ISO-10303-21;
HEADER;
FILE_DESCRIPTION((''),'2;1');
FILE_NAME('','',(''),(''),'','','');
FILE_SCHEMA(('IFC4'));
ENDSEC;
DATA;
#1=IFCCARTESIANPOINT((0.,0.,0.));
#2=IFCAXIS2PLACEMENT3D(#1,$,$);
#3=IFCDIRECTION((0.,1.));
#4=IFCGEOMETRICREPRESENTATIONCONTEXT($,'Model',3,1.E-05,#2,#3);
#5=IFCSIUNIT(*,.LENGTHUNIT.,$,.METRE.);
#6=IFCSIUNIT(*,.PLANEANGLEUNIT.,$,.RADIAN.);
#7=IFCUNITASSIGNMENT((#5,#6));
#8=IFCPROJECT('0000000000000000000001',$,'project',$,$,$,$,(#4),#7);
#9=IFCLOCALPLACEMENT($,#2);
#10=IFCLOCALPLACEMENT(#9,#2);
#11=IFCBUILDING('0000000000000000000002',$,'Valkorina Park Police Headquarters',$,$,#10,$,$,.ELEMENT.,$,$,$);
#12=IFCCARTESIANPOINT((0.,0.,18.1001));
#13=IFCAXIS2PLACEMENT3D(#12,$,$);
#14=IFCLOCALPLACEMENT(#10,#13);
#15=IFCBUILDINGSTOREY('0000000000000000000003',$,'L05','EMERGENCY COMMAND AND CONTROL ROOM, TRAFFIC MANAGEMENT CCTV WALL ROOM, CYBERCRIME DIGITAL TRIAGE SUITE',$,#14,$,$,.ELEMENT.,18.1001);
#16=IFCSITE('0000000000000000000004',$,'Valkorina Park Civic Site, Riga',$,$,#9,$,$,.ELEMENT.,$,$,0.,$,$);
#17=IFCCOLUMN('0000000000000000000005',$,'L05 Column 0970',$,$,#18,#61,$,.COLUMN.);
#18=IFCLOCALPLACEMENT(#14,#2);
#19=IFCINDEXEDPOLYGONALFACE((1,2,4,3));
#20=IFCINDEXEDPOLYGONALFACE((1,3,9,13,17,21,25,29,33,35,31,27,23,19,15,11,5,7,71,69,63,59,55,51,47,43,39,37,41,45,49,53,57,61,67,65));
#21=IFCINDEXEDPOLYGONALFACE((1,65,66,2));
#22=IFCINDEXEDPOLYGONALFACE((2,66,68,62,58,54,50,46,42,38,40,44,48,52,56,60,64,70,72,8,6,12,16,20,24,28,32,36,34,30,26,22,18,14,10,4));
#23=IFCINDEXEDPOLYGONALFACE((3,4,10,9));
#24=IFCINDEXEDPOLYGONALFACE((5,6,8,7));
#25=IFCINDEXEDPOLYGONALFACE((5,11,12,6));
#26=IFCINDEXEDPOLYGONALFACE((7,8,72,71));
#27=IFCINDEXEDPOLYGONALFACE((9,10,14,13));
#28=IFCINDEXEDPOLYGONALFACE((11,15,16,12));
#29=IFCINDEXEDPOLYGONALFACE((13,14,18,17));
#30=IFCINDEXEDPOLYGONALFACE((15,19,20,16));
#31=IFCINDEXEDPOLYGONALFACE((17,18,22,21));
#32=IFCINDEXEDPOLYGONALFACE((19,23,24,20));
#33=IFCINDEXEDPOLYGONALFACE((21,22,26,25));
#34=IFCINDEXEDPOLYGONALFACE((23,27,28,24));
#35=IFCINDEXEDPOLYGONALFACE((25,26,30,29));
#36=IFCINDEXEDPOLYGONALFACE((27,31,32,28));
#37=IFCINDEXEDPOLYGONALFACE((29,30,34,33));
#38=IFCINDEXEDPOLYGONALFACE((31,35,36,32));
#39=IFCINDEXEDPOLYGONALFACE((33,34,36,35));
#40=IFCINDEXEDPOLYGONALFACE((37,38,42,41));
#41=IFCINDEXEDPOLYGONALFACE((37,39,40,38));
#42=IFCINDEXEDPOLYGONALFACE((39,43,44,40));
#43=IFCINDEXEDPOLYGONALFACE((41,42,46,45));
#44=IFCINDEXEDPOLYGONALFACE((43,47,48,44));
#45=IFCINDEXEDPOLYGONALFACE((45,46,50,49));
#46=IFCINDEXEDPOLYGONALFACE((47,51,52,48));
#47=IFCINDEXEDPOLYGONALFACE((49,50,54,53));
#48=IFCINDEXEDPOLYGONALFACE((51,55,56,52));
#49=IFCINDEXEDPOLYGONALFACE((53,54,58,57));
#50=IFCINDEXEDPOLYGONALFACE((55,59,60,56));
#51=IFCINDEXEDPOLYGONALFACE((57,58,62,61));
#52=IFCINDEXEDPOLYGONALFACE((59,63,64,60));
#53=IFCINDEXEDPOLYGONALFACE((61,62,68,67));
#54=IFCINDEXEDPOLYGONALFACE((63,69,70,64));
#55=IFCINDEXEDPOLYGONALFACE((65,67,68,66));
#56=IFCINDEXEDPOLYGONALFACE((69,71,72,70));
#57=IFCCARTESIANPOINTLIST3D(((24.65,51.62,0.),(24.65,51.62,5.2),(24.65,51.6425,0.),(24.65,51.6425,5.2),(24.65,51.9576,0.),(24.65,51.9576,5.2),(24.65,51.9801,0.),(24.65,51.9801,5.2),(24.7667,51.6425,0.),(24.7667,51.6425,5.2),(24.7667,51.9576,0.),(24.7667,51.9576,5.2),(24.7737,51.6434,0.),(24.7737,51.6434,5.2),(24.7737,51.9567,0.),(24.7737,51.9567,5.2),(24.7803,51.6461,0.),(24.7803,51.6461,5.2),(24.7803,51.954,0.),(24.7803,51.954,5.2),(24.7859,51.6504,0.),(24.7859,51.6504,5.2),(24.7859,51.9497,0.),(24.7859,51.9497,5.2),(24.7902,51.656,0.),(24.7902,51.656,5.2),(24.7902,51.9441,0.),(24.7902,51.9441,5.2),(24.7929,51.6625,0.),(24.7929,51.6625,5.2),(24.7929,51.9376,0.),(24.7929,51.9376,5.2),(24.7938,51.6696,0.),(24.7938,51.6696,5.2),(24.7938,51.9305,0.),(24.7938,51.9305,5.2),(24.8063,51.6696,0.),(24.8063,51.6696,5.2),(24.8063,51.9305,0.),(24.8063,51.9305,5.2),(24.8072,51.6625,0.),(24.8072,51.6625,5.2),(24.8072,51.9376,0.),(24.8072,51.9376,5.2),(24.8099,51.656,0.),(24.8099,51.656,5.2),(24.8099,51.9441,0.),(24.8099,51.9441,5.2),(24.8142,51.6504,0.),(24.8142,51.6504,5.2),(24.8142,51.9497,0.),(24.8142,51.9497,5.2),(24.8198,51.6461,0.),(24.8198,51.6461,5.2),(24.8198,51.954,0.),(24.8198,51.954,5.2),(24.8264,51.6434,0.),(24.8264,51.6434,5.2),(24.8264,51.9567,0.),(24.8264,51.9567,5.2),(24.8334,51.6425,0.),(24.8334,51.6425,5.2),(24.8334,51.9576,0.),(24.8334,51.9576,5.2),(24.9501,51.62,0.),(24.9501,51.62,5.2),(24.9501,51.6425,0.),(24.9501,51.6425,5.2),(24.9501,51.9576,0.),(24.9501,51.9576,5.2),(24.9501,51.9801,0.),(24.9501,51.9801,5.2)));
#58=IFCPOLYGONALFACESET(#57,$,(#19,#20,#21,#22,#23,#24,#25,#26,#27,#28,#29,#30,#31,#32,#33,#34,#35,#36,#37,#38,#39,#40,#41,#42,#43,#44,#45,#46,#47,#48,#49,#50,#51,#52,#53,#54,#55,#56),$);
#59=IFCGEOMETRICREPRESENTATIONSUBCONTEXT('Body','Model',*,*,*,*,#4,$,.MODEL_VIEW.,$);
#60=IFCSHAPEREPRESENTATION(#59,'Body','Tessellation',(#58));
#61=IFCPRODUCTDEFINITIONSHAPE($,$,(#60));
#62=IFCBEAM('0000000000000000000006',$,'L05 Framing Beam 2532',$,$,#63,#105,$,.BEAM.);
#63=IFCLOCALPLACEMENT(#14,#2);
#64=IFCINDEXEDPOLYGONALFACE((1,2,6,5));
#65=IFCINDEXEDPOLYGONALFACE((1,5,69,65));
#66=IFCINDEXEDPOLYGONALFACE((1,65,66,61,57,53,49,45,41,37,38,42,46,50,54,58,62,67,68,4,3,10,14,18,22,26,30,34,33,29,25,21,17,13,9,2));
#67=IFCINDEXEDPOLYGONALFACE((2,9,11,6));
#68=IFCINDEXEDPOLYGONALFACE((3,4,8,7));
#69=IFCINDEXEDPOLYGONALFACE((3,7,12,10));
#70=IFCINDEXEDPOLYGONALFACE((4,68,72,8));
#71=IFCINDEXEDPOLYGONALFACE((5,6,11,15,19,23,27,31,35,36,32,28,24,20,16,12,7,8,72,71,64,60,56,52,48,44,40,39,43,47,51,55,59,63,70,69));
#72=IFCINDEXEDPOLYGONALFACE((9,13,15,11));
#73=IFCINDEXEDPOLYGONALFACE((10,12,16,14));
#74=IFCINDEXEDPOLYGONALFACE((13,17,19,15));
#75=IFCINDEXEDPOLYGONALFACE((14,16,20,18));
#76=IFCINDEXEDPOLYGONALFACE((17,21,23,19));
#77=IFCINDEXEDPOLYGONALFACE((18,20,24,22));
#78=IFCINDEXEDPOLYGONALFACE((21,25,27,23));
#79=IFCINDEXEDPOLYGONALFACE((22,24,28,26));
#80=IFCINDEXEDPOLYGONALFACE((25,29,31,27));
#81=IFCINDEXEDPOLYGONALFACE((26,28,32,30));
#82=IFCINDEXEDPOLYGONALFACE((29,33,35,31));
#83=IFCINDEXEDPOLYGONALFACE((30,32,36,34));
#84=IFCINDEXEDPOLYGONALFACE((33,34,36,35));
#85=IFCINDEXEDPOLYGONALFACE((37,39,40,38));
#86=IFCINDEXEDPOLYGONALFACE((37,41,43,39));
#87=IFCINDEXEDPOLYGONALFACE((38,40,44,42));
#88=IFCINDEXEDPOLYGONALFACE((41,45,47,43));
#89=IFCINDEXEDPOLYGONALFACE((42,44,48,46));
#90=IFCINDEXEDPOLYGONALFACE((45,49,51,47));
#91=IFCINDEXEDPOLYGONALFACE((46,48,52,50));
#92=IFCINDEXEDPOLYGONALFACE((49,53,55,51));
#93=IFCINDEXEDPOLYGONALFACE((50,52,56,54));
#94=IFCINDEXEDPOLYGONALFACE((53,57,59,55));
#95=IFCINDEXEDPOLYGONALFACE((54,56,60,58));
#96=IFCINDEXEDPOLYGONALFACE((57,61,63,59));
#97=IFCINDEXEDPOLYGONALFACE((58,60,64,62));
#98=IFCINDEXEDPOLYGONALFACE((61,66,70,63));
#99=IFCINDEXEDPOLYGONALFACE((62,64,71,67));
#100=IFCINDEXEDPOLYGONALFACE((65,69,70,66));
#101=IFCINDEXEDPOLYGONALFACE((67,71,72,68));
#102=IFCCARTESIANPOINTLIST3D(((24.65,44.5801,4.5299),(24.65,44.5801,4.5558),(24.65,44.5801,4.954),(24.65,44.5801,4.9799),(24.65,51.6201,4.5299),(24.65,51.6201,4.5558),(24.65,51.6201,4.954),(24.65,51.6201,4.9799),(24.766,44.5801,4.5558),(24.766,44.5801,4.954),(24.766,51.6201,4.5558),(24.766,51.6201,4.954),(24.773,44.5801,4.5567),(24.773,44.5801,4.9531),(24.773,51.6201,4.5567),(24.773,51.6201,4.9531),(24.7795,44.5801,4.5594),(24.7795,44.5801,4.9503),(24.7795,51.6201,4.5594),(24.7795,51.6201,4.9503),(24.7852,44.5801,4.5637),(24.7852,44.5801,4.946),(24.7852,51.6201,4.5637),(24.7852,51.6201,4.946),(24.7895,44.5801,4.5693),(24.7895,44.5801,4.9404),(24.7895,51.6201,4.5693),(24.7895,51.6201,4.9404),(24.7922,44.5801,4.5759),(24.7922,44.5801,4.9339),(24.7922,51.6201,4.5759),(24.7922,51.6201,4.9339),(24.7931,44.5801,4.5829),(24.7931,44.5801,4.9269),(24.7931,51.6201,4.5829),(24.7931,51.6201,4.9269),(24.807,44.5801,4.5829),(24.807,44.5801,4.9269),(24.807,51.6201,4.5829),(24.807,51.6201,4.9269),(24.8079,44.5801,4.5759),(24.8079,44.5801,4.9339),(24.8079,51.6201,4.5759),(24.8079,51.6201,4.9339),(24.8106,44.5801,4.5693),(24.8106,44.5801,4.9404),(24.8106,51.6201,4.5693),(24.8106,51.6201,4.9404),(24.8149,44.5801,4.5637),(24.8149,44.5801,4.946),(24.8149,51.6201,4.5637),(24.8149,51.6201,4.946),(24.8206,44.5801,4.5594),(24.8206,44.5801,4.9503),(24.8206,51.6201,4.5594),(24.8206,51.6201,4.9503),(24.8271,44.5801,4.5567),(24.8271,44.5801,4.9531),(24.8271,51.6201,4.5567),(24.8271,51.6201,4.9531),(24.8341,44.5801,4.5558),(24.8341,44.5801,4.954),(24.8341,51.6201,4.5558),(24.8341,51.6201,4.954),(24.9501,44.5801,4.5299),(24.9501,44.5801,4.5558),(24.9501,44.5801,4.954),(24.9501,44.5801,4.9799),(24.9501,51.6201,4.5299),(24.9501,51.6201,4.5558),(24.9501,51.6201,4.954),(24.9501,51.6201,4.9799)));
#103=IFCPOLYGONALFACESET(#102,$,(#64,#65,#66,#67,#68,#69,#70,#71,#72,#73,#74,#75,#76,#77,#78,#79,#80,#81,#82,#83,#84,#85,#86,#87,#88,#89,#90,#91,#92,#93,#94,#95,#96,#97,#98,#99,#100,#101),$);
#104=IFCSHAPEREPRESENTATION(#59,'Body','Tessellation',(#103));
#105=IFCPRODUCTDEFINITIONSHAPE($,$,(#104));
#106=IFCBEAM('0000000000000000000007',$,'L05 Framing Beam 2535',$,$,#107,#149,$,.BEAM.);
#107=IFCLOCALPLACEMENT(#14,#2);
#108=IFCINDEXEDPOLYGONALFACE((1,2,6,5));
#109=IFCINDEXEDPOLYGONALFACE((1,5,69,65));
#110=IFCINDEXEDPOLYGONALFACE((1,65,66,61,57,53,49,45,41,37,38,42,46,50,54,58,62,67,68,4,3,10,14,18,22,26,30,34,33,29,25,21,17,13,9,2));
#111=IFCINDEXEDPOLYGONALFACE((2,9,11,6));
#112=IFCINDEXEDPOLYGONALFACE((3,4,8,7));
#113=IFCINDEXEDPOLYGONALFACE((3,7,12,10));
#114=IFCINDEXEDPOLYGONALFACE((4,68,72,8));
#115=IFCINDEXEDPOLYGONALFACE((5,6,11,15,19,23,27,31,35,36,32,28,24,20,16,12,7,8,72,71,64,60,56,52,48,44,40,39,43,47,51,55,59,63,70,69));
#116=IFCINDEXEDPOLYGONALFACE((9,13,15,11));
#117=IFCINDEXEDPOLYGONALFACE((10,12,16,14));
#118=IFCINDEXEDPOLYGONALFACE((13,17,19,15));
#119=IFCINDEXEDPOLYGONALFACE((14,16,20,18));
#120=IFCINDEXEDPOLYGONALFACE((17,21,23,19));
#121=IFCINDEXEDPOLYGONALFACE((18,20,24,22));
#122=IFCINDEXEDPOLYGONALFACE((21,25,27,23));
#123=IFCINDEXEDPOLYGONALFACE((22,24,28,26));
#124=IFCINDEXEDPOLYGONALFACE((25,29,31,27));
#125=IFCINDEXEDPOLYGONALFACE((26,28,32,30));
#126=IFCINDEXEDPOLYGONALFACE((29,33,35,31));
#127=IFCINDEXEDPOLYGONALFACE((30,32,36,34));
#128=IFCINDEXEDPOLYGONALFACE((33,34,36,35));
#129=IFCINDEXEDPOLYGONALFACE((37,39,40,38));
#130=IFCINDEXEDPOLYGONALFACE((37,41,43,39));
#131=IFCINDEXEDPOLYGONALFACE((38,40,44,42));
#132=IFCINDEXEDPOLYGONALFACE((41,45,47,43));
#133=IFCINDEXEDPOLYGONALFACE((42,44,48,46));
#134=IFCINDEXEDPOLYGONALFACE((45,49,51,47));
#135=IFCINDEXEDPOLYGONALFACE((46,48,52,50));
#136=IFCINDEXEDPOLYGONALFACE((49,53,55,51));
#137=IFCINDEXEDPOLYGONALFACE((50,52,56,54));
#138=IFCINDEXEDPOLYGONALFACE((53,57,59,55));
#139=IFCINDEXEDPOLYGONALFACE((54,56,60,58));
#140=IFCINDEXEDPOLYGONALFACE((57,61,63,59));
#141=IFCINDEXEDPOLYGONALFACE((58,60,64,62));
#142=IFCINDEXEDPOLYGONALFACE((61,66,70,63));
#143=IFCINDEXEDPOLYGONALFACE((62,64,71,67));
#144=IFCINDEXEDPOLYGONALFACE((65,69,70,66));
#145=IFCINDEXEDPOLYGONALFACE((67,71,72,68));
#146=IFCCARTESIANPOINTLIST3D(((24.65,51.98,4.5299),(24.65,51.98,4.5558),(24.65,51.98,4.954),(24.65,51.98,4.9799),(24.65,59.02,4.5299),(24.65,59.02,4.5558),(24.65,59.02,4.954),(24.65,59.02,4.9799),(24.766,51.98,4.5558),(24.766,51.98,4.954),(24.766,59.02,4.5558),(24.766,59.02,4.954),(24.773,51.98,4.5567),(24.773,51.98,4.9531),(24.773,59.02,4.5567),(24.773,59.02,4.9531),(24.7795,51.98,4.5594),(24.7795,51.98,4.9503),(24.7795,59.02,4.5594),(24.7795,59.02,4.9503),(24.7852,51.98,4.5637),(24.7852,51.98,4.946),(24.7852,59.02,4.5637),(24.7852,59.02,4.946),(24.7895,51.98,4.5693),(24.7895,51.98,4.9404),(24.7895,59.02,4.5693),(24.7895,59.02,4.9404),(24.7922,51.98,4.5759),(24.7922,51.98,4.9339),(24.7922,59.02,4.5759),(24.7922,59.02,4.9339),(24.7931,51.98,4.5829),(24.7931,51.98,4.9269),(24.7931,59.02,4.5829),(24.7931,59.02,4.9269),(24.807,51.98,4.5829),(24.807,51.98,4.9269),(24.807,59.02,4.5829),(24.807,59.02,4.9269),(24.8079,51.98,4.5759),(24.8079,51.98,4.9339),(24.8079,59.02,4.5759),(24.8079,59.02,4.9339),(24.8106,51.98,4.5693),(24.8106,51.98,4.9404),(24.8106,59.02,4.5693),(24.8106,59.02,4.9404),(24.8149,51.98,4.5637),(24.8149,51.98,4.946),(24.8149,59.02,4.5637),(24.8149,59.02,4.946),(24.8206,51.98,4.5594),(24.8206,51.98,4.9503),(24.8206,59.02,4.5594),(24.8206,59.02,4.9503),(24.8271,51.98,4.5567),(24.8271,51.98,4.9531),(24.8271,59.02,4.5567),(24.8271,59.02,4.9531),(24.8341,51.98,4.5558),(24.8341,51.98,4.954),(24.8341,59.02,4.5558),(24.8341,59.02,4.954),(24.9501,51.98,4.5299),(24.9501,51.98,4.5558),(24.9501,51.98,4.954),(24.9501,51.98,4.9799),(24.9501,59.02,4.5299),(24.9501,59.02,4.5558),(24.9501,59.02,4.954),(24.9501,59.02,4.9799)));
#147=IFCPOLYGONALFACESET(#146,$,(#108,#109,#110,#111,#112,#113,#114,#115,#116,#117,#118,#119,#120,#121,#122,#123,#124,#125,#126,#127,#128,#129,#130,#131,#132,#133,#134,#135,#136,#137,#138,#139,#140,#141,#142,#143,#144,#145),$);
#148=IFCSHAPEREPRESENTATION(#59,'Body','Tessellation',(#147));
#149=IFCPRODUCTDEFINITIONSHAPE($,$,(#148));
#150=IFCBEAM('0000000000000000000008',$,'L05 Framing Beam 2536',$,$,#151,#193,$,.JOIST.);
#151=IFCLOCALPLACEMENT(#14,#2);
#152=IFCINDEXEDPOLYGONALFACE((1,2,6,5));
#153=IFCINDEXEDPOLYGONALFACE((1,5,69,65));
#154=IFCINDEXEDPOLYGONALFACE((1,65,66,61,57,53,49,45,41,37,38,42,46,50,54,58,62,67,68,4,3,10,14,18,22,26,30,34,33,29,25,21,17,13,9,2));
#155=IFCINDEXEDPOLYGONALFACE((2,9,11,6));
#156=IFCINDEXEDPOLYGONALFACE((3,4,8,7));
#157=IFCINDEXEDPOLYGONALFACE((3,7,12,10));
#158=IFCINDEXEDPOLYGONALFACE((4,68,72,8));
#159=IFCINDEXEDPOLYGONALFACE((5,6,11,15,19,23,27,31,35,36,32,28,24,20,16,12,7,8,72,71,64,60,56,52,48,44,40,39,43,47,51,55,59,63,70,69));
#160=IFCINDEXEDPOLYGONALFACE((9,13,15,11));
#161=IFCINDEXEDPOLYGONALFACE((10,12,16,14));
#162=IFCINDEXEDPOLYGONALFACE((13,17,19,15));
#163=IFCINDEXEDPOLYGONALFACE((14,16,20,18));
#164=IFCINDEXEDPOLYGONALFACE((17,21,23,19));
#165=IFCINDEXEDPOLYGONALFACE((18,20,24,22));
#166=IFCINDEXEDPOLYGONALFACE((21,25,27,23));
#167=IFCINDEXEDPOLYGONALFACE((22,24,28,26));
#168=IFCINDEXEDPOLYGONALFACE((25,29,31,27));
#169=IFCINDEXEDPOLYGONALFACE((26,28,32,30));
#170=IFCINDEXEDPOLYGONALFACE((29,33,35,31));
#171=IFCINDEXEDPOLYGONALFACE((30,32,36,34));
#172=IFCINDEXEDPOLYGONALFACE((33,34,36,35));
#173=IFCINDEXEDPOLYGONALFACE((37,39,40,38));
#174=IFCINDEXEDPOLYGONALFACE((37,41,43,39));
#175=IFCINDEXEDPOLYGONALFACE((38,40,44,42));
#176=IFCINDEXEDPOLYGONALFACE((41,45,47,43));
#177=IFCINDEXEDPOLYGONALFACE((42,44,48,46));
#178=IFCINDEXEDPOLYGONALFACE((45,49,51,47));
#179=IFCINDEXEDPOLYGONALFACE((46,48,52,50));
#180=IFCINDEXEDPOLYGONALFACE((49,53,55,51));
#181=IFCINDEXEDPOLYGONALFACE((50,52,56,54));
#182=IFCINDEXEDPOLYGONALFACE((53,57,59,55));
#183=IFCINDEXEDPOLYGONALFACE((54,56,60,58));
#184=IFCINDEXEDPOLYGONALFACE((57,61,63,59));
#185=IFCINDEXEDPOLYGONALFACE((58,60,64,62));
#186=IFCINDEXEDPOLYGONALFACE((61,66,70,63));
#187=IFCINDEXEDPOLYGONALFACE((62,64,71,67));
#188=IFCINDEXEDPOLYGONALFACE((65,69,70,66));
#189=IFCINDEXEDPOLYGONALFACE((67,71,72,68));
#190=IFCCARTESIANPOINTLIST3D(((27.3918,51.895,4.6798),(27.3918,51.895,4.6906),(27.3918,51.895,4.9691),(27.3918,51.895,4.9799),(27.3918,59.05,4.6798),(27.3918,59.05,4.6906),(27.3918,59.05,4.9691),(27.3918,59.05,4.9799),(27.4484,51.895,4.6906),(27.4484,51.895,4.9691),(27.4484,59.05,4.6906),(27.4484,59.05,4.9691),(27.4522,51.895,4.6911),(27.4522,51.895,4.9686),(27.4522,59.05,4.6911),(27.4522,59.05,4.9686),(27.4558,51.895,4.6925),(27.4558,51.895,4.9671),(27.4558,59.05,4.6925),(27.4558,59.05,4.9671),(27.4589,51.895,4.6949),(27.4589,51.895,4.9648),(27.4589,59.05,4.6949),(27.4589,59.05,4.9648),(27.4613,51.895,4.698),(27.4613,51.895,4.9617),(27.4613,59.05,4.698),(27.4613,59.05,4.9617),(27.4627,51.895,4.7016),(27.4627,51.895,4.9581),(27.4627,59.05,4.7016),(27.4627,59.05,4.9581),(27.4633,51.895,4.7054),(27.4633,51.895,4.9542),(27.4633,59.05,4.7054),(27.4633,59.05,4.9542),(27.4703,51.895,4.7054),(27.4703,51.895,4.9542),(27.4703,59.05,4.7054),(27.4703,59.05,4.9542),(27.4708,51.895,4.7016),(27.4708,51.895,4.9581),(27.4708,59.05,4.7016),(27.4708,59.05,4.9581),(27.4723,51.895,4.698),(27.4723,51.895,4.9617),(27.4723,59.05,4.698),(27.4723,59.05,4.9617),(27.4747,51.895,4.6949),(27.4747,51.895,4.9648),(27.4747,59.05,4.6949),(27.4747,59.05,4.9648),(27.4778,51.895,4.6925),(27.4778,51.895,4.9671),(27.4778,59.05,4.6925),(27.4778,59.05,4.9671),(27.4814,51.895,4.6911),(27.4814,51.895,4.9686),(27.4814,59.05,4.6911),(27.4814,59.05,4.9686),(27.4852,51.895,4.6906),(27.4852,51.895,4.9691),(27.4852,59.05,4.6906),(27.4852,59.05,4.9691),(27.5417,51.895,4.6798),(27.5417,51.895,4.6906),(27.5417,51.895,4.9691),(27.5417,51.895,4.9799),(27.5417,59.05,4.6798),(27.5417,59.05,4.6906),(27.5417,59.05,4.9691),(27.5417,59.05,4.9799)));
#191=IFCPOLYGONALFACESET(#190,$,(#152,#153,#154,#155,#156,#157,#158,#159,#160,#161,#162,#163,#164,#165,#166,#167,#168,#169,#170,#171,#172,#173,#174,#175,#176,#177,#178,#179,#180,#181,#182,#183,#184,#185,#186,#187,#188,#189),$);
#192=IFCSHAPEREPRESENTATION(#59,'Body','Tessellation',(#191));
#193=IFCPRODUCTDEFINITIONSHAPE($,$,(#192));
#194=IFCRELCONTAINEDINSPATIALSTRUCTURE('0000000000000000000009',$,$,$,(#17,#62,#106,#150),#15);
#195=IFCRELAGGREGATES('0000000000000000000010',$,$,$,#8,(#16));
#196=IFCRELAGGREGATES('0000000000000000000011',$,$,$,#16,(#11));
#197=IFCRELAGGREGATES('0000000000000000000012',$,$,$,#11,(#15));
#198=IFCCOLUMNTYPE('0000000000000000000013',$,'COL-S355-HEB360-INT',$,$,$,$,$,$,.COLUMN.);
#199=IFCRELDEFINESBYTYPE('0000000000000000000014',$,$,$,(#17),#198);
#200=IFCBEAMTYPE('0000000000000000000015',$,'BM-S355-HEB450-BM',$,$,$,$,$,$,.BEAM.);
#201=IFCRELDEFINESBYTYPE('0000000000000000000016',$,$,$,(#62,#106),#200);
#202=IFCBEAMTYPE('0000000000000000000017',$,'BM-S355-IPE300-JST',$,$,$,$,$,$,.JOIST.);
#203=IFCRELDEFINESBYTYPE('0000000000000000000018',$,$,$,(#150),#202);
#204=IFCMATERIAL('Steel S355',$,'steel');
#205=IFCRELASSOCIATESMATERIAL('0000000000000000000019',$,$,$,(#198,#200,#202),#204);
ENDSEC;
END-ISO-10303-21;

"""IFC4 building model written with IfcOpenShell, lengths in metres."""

from ifc_helpers import new_model, si_unit, direction, frame, origin, origin_2d, place, context, subcontext, project, spatial, i_section, extrude, material, material_profile, profile_set, type_object, element, save


model = new_model("IFC4")

# Units and contexts
model_context = context("Model", 3, precision=1e-05, world=origin(), true_north=direction((0.0, 1.0)))
body_context = subcontext(model_context, "Body", "Model", "MODEL_VIEW")
ifc_project = project(units=[si_unit("LENGTHUNIT", "METRE"), si_unit("PLANEANGLEUNIT", "RADIAN")], contexts=[model_context])

# Site, building, storey
site_placement = place(None, origin())
site = spatial("IfcSite", under=ifc_project, at=site_placement, Name="Valkorina Park Civic Site, Riga", CompositionType="ELEMENT", RefElevation=0.0)
building_placement = place(site_placement, origin())
building = spatial("IfcBuilding", under=site, at=building_placement, Name="Valkorina Park Police Headquarters", CompositionType="ELEMENT")
storey_placement = place(building_placement, frame((0.0, 0.0, 18.1001)))
storey = spatial("IfcBuildingStorey", under=building, at=storey_placement, Name="L05", Description="EMERGENCY COMMAND AND CONTROL ROOM, TRAFFIC MANAGEMENT CCTV WALL ROOM, CYBERCRIME DIGITAL TRIAGE SUITE", CompositionType="ELEMENT", Elevation=18.1001)

# Column
ifc_material_1 = material(Name="Steel S355", Category="steel")
ifc_material_profile_1 = material_profile(ifc_material_1, i_section(OverallWidth=0.3, OverallDepth=0.3601, WebThickness=0.0125, FlangeThickness=0.0225, FilletRadius=0.0271, at=origin_2d()), Name="HEB 360")
ifc_profile_set_1 = profile_set([ifc_material_profile_1], Name="Steel S355")
column_type = type_object("IfcColumnType", Name="COL-S355-HEB360-INT", PredefinedType="COLUMN", material=ifc_profile_set_1)
column_placement = place(storey_placement, frame((24.8, 51.8, 0.0), z_axis=(0.0, 0.0, 1.0), x_axis=(1.0, 0.0, 0.0)))
element("IfcColumn", 1, at=column_placement, inside=storey, type_object=column_type, Name="L05 Column 0970", PredefinedType="COLUMN", context=body_context, shape_type="SweptSolid", body=[
    extrude(i_section(OverallWidth=0.3, OverallDepth=0.3601, WebThickness=0.0125, FlangeThickness=0.0225, FilletRadius=0.0271, at=origin_2d()), origin(), (0.0, 0.0, 1.0), 5.2),
])

# Beams
ifc_material_profile_2 = material_profile(ifc_material_1, i_section(OverallWidth=0.3, OverallDepth=0.45, WebThickness=0.0139, FlangeThickness=0.0259, FilletRadius=0.0271, at=origin_2d()), Name="HEB 450")
ifc_profile_set_2 = profile_set([ifc_material_profile_2], Name="Steel S355")
beam_type_1 = type_object("IfcBeamType", Name="BM-S355-HEB450-BM", PredefinedType="BEAM", material=ifc_profile_set_2)
for number, where, z_axis, x_axis, name in (
    (2, (24.8, 44.5801, 4.7549), (0.0, 1.0, 0.0), (-1.0, 0.0, 0.0), "L05 Framing Beam 2532"),
    (3, (24.8, 51.98, 4.7549), (0.0, 1.0, 0.0), (-1.0, 0.0, 0.0), "L05 Framing Beam 2535"),
):
    element("IfcBeam", number, at=place(storey_placement, frame(where, z_axis=z_axis, x_axis=x_axis)), inside=storey, type_object=beam_type_1, Name=name, PredefinedType="BEAM", context=body_context, shape_type="SweptSolid", body=[
        extrude(i_section(OverallWidth=0.3, OverallDepth=0.45, WebThickness=0.0139, FlangeThickness=0.0259, FilletRadius=0.0271, at=origin_2d()), origin(), (0.0, 0.0, 1.0), 7.04),
    ])
ifc_material_profile_3 = material_profile(ifc_material_1, i_section(OverallWidth=0.1499, OverallDepth=0.3, WebThickness=0.0071, FlangeThickness=0.0107, FilletRadius=0.0149, at=origin_2d()), Name="IPE 300")
ifc_profile_set_3 = profile_set([ifc_material_profile_3], Name="Steel S355")
beam_type_2 = type_object("IfcBeamType", Name="BM-S355-IPE300-JST", PredefinedType="JOIST", material=ifc_profile_set_3)
beam_1_placement = place(storey_placement, frame((27.4668, 51.895, 4.8298), z_axis=(0.0, 1.0, 0.0), x_axis=(-1.0, 0.0, 0.0)))
element("IfcBeam", 4, at=beam_1_placement, inside=storey, type_object=beam_type_2, Name="L05 Framing Beam 2536", PredefinedType="JOIST", context=body_context, shape_type="SweptSolid", body=[
    extrude(i_section(OverallWidth=0.1499, OverallDepth=0.3, WebThickness=0.0071, FlangeThickness=0.0107, FilletRadius=0.0149, at=origin_2d()), origin(), (0.0, 0.0, 1.0), 7.155),
])

save(model, "model.ifc")
